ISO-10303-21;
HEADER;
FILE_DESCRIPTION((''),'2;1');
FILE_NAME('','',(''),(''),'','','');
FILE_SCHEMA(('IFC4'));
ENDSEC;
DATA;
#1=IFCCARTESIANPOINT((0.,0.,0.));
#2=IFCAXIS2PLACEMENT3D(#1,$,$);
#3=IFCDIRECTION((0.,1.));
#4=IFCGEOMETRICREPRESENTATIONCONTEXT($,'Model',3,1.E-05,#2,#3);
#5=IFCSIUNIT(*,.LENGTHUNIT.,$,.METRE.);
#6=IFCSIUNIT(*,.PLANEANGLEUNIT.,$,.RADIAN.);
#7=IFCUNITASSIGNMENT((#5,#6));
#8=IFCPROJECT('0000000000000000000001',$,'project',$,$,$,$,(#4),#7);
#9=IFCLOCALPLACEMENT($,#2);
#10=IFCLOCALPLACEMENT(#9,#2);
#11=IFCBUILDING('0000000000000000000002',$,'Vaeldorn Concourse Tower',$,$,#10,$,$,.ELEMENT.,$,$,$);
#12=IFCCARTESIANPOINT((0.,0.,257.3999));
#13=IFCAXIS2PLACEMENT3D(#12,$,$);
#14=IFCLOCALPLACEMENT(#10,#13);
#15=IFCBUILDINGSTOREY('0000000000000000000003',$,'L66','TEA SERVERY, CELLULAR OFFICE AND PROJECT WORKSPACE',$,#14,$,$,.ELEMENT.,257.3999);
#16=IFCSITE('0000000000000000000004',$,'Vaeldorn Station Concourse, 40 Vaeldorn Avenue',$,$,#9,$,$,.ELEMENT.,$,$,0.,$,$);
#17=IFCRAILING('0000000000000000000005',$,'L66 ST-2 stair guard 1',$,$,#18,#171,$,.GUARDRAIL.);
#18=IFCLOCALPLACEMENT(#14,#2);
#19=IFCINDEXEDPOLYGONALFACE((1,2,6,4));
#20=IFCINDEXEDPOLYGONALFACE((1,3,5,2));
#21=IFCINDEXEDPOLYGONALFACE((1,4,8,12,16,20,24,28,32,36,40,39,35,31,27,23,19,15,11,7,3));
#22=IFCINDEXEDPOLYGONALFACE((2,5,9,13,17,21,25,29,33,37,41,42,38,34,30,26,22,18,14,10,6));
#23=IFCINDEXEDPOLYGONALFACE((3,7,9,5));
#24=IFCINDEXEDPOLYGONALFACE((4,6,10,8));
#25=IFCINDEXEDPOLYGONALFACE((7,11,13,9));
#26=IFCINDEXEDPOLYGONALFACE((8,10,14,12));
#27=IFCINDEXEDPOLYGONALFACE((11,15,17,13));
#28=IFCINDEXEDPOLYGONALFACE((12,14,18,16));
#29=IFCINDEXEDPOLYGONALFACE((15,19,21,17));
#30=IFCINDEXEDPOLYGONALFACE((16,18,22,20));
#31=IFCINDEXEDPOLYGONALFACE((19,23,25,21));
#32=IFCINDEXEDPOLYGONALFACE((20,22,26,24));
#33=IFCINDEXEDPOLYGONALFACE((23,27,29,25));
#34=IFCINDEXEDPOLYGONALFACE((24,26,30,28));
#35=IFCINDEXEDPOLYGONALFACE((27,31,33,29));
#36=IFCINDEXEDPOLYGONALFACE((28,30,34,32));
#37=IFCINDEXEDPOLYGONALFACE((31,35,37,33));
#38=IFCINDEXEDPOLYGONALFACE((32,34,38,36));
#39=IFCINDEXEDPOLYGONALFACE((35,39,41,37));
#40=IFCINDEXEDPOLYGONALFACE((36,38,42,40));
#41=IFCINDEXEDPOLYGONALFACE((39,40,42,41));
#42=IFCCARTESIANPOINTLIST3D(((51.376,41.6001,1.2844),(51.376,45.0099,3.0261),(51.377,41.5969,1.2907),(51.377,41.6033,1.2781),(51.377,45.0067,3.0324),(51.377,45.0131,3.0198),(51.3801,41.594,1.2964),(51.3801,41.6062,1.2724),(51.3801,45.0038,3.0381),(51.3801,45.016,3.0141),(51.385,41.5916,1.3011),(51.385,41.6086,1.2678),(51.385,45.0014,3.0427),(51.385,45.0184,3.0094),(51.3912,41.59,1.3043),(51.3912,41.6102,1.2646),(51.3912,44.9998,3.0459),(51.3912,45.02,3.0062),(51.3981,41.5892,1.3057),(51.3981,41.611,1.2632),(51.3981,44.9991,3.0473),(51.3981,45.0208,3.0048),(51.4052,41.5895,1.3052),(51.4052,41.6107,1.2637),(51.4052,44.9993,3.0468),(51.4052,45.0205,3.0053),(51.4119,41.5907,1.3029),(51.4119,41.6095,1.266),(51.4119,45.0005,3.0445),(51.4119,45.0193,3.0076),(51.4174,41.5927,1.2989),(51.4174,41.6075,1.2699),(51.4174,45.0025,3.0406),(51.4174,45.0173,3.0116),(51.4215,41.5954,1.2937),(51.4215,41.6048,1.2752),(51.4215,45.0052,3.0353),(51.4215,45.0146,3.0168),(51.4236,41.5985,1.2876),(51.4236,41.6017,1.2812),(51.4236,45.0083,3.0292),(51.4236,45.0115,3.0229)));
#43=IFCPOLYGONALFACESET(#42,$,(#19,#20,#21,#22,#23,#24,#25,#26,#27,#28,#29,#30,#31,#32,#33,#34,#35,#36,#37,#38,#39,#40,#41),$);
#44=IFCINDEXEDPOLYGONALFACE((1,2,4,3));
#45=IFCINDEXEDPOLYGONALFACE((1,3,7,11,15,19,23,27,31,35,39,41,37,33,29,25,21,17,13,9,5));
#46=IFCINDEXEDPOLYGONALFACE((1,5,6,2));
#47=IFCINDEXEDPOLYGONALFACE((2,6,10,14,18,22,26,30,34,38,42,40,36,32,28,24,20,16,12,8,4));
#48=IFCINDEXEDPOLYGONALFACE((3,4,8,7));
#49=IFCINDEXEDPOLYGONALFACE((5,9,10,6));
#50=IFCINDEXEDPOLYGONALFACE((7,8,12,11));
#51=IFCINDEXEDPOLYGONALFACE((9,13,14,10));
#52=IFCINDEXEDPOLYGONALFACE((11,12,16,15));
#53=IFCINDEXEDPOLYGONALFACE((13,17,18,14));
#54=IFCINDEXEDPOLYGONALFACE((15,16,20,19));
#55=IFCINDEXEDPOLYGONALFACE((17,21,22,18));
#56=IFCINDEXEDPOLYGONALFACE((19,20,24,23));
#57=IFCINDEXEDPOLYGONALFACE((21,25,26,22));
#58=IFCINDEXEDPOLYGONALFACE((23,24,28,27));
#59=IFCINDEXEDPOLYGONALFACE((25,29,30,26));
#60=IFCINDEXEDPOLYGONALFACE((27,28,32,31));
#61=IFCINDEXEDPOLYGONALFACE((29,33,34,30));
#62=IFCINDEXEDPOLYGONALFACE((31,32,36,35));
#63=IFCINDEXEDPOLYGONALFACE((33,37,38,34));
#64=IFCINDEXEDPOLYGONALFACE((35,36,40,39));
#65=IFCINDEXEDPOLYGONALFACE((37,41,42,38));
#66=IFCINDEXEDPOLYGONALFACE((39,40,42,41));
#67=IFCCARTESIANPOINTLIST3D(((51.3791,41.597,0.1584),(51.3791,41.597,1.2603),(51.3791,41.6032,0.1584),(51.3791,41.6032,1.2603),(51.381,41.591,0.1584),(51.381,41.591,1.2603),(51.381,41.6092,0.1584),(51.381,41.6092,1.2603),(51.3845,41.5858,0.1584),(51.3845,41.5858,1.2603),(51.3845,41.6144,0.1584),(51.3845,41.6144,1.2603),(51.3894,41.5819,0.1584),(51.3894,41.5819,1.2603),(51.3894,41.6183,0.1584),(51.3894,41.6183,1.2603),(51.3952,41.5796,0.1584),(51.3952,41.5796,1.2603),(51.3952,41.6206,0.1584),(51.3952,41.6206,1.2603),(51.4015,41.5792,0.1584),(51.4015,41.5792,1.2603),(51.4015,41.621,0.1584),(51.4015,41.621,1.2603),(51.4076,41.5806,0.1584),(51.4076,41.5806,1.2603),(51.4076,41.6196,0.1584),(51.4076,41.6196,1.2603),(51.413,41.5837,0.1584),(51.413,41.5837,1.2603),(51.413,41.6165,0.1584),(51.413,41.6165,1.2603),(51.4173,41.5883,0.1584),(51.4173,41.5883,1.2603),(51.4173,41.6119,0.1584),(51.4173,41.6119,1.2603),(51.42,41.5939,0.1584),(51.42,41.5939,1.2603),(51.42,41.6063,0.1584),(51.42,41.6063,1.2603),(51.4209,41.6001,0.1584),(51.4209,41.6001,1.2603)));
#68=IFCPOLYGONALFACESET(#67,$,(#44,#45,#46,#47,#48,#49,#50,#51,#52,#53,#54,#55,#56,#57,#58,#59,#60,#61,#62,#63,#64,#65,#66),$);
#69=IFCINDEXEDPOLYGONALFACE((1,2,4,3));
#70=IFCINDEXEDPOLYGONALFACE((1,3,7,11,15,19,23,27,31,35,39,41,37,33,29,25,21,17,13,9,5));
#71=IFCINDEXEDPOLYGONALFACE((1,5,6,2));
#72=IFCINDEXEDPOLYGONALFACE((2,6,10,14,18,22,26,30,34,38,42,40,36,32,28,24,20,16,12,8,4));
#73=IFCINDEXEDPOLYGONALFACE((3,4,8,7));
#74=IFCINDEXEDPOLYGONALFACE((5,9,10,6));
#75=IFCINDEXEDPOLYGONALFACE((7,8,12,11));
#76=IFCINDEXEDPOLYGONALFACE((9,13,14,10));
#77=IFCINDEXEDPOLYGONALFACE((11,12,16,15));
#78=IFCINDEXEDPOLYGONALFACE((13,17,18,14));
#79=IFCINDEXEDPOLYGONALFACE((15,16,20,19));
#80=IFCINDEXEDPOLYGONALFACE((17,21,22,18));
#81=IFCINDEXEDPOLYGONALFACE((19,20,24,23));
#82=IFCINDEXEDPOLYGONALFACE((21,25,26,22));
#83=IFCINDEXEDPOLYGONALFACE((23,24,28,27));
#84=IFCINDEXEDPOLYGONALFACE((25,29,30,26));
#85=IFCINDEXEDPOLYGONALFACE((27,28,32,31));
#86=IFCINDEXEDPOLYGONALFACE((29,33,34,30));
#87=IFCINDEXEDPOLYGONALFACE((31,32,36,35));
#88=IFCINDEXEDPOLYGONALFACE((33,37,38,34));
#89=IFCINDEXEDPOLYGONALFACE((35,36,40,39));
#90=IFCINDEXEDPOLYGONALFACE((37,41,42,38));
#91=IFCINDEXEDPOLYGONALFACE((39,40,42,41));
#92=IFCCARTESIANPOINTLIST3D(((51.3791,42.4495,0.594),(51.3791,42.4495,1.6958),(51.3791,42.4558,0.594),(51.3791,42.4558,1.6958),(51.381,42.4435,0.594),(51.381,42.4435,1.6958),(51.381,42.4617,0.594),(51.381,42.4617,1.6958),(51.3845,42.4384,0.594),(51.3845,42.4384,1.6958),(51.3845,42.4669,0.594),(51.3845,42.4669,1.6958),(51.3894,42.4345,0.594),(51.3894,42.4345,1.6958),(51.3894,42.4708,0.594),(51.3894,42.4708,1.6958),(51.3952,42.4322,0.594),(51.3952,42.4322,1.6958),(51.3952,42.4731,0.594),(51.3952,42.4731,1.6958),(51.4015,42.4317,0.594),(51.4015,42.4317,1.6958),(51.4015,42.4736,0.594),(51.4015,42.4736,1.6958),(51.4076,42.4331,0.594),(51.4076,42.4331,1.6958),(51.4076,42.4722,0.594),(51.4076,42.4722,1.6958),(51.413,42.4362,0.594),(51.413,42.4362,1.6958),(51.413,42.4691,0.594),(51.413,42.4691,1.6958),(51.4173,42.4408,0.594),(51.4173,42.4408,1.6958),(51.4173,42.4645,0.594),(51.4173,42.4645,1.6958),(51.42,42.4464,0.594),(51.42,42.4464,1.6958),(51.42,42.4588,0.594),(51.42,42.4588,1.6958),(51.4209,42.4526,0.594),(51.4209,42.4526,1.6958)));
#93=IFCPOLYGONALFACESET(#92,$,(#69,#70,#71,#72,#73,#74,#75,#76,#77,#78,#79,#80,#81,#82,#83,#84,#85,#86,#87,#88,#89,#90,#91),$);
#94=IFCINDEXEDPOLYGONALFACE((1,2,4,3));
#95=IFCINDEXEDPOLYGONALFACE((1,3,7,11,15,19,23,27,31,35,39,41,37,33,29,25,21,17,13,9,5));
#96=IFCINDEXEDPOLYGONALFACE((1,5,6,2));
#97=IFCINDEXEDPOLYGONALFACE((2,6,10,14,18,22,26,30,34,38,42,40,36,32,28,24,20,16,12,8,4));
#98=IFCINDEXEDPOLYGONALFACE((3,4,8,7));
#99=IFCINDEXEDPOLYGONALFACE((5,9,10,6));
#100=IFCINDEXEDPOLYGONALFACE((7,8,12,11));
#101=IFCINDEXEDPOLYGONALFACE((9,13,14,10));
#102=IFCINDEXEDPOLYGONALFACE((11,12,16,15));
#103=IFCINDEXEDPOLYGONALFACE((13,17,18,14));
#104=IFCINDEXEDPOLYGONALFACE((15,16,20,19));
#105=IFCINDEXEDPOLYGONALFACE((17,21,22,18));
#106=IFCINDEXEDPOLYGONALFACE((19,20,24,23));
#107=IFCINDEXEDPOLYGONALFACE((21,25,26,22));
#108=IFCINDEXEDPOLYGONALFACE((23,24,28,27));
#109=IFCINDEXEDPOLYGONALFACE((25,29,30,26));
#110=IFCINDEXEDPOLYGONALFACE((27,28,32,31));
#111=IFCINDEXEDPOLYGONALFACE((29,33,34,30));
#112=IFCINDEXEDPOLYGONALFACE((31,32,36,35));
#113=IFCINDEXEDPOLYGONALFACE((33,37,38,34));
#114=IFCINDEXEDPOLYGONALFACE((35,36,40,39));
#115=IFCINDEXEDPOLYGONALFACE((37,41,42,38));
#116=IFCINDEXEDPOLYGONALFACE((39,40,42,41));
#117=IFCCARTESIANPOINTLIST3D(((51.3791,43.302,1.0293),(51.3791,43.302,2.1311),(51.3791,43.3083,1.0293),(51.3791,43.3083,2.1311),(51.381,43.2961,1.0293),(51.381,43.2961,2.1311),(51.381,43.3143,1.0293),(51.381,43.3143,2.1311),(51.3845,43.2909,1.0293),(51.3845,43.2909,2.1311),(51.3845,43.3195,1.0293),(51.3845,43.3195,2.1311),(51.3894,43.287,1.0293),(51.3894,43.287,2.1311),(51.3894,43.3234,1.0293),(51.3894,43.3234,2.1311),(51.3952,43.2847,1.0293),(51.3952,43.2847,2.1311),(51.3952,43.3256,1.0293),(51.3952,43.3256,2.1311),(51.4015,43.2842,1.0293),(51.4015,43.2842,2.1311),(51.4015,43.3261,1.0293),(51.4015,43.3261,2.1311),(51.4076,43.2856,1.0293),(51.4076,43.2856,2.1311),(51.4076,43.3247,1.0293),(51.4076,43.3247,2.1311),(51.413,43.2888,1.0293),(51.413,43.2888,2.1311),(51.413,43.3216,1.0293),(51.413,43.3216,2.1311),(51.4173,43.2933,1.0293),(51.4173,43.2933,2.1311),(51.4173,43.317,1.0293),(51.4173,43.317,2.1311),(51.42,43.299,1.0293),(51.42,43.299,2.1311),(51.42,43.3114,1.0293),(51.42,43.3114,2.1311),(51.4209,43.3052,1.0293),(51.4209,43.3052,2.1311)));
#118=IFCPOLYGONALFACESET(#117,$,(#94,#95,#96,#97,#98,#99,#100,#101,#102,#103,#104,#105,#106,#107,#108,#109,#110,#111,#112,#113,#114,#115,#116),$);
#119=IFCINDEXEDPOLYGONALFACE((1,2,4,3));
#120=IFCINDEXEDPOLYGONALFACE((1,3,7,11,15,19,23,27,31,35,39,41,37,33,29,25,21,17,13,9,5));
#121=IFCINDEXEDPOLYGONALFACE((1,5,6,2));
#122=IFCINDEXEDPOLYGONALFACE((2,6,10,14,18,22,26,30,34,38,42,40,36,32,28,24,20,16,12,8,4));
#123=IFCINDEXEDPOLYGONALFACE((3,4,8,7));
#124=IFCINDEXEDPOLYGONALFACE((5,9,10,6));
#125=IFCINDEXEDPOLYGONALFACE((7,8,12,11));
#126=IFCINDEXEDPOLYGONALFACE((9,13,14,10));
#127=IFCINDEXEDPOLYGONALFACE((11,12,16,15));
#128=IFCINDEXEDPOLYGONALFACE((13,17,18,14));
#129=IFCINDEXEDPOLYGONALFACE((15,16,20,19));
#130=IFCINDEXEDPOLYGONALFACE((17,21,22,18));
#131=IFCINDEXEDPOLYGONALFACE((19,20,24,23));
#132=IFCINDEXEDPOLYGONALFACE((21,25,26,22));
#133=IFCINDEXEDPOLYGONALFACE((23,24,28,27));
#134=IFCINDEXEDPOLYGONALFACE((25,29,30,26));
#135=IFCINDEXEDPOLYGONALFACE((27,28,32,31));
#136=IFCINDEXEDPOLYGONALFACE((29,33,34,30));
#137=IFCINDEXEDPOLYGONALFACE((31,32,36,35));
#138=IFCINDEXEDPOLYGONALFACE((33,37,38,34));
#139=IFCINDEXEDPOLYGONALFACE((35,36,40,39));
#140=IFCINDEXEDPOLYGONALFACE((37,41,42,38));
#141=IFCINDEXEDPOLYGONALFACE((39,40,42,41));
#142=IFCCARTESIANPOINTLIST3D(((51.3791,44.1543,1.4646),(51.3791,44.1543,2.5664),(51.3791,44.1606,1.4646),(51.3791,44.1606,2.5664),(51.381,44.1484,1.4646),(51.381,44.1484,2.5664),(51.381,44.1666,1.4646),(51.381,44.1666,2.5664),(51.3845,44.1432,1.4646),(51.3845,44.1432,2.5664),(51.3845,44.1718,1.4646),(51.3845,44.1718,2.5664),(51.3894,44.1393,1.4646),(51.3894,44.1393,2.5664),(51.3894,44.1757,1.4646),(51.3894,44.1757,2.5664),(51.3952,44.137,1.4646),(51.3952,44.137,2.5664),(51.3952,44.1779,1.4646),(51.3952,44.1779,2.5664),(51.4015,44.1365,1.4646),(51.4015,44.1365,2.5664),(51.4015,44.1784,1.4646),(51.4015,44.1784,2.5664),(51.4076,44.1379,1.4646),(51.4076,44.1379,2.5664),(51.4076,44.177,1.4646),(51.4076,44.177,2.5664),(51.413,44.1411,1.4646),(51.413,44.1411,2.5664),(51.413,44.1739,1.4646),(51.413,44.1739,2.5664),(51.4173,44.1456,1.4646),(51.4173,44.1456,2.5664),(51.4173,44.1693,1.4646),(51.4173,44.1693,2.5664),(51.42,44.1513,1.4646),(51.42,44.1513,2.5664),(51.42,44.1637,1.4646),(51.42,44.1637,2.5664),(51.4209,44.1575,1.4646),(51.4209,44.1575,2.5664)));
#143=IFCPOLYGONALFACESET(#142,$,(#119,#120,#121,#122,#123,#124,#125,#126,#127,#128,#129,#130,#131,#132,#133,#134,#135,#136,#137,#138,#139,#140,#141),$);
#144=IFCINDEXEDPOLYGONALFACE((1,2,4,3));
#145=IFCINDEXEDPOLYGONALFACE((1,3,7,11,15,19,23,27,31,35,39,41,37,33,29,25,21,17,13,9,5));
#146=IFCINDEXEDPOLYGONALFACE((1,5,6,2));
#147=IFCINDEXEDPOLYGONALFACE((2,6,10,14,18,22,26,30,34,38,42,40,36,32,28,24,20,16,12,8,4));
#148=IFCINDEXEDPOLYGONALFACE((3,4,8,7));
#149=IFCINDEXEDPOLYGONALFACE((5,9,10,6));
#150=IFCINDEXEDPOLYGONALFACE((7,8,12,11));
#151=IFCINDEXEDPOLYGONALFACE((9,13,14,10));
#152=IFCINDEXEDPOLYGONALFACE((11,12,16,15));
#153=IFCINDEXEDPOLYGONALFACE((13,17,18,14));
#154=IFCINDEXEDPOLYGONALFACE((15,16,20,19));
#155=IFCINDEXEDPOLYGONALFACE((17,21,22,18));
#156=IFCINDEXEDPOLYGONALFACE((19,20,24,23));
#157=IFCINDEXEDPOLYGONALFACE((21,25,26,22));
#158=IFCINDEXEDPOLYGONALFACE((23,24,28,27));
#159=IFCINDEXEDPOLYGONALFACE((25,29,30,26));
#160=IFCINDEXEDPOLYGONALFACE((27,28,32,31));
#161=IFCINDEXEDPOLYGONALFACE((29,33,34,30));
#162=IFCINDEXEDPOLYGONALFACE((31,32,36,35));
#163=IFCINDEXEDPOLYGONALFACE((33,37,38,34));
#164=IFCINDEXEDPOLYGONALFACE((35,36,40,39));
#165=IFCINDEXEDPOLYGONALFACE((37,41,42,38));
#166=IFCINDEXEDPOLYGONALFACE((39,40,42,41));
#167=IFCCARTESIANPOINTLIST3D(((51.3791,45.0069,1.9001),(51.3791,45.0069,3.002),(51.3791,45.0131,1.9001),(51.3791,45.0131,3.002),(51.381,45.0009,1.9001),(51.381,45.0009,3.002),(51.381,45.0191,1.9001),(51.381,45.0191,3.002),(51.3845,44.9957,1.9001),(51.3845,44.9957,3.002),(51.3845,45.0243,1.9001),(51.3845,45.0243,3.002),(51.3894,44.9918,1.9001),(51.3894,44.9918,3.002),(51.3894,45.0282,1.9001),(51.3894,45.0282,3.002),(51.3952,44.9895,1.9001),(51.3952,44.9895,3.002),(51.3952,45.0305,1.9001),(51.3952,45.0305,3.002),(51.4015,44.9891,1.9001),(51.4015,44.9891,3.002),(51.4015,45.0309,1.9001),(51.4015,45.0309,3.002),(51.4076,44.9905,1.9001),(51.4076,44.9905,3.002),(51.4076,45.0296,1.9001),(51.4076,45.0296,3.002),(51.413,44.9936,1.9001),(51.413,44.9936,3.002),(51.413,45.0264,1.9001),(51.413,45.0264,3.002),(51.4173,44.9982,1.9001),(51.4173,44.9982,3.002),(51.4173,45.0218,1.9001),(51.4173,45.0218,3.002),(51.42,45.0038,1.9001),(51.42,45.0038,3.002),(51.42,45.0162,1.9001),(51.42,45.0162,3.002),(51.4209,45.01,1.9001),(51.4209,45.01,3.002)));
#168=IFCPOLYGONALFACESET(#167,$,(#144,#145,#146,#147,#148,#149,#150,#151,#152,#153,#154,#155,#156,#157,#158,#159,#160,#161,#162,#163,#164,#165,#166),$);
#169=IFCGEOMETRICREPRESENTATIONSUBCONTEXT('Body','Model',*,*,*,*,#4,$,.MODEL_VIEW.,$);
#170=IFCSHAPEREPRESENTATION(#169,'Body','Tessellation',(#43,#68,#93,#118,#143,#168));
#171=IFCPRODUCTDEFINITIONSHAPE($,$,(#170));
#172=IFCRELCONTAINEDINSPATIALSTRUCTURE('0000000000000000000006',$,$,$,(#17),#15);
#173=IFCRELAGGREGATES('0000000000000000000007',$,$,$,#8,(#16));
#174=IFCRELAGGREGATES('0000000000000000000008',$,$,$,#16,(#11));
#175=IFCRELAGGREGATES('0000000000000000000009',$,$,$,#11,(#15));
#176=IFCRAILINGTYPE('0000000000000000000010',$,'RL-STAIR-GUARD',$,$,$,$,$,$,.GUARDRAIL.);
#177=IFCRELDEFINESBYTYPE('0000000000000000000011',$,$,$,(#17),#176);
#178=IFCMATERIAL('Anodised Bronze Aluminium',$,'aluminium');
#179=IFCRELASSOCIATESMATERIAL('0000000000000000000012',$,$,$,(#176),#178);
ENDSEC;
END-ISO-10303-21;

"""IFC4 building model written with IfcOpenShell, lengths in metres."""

from ifc_helpers import new_model, si_unit, direction, frame, origin, origin_2d, place, context, subcontext, project, spatial, circle, extrude, material, type_object, element, save


model = new_model("IFC4")

# Units and contexts
model_context = context("Model", 3, precision=1e-05, world=origin(), true_north=direction((0.0, 1.0)))
body_context = subcontext(model_context, "Body", "Model", "MODEL_VIEW")
ifc_project = project(units=[si_unit("LENGTHUNIT", "METRE"), si_unit("PLANEANGLEUNIT", "RADIAN")], contexts=[model_context])

# Site, building, storey
site_placement = place(None, origin())
site = spatial("IfcSite", under=ifc_project, at=site_placement, Name="Vaeldorn Station Concourse, 40 Vaeldorn Avenue", CompositionType="ELEMENT", RefElevation=0.0)
building_placement = place(site_placement, origin())
building = spatial("IfcBuilding", under=site, at=building_placement, Name="Vaeldorn Concourse Tower", CompositionType="ELEMENT")
storey_placement = place(building_placement, frame((0.0, 0.0, 257.3999)))
storey = spatial("IfcBuildingStorey", under=building, at=storey_placement, Name="L66", Description="TEA SERVERY, CELLULAR OFFICE AND PROJECT WORKSPACE", CompositionType="ELEMENT", Elevation=257.3999)

# Shared definitions
ifc_material_1 = material(Name="Anodised Bronze Aluminium", Category="aluminium")

# Railing
railing_type_1 = type_object("IfcRailingType", Name="RL-STAIR-GUARD", PredefinedType="GUARDRAIL", material=ifc_material_1)
railing_1_placement = place(storey_placement, frame((51.3999, 41.6001, 0.1584)))
element("IfcRailing", 1, at=railing_1_placement, inside=storey, type_object=railing_type_1, Name="L66 ST-2 stair guard 1", PredefinedType="GUARDRAIL", context=body_context, shape_type="SweptSolid", body=[
    extrude(circle(Radius=0.0239, at=origin_2d()), frame((0.0, 0.0, 1.126), z_axis=(0.0, 0.890556, 0.454874), x_axis=(-1.0, 0.0, 0.0)), (0.0, 0.0, 1.0), 3.8289),
    extrude(circle(Radius=0.021, at=origin_2d()), origin(), (0.0, 0.0, 1.0), 1.1018),
    extrude(circle(Radius=0.021, at=origin_2d()), frame((0.0, 0.8525, 0.4355)), (0.0, 0.0, 1.0), 1.1018),
    extrude(circle(Radius=0.021, at=origin_2d()), frame((0.0, 1.7051, 0.8708)), (0.0, 0.0, 1.0), 1.1018),
    extrude(circle(Radius=0.021, at=origin_2d()), frame((0.0, 2.5574, 1.3062)), (0.0, 0.0, 1.0), 1.1018),
    extrude(circle(Radius=0.021, at=origin_2d()), frame((0.0, 3.4099, 1.7417)), (0.0, 0.0, 1.0), 1.1018),
])

save(model, "model.ifc")
